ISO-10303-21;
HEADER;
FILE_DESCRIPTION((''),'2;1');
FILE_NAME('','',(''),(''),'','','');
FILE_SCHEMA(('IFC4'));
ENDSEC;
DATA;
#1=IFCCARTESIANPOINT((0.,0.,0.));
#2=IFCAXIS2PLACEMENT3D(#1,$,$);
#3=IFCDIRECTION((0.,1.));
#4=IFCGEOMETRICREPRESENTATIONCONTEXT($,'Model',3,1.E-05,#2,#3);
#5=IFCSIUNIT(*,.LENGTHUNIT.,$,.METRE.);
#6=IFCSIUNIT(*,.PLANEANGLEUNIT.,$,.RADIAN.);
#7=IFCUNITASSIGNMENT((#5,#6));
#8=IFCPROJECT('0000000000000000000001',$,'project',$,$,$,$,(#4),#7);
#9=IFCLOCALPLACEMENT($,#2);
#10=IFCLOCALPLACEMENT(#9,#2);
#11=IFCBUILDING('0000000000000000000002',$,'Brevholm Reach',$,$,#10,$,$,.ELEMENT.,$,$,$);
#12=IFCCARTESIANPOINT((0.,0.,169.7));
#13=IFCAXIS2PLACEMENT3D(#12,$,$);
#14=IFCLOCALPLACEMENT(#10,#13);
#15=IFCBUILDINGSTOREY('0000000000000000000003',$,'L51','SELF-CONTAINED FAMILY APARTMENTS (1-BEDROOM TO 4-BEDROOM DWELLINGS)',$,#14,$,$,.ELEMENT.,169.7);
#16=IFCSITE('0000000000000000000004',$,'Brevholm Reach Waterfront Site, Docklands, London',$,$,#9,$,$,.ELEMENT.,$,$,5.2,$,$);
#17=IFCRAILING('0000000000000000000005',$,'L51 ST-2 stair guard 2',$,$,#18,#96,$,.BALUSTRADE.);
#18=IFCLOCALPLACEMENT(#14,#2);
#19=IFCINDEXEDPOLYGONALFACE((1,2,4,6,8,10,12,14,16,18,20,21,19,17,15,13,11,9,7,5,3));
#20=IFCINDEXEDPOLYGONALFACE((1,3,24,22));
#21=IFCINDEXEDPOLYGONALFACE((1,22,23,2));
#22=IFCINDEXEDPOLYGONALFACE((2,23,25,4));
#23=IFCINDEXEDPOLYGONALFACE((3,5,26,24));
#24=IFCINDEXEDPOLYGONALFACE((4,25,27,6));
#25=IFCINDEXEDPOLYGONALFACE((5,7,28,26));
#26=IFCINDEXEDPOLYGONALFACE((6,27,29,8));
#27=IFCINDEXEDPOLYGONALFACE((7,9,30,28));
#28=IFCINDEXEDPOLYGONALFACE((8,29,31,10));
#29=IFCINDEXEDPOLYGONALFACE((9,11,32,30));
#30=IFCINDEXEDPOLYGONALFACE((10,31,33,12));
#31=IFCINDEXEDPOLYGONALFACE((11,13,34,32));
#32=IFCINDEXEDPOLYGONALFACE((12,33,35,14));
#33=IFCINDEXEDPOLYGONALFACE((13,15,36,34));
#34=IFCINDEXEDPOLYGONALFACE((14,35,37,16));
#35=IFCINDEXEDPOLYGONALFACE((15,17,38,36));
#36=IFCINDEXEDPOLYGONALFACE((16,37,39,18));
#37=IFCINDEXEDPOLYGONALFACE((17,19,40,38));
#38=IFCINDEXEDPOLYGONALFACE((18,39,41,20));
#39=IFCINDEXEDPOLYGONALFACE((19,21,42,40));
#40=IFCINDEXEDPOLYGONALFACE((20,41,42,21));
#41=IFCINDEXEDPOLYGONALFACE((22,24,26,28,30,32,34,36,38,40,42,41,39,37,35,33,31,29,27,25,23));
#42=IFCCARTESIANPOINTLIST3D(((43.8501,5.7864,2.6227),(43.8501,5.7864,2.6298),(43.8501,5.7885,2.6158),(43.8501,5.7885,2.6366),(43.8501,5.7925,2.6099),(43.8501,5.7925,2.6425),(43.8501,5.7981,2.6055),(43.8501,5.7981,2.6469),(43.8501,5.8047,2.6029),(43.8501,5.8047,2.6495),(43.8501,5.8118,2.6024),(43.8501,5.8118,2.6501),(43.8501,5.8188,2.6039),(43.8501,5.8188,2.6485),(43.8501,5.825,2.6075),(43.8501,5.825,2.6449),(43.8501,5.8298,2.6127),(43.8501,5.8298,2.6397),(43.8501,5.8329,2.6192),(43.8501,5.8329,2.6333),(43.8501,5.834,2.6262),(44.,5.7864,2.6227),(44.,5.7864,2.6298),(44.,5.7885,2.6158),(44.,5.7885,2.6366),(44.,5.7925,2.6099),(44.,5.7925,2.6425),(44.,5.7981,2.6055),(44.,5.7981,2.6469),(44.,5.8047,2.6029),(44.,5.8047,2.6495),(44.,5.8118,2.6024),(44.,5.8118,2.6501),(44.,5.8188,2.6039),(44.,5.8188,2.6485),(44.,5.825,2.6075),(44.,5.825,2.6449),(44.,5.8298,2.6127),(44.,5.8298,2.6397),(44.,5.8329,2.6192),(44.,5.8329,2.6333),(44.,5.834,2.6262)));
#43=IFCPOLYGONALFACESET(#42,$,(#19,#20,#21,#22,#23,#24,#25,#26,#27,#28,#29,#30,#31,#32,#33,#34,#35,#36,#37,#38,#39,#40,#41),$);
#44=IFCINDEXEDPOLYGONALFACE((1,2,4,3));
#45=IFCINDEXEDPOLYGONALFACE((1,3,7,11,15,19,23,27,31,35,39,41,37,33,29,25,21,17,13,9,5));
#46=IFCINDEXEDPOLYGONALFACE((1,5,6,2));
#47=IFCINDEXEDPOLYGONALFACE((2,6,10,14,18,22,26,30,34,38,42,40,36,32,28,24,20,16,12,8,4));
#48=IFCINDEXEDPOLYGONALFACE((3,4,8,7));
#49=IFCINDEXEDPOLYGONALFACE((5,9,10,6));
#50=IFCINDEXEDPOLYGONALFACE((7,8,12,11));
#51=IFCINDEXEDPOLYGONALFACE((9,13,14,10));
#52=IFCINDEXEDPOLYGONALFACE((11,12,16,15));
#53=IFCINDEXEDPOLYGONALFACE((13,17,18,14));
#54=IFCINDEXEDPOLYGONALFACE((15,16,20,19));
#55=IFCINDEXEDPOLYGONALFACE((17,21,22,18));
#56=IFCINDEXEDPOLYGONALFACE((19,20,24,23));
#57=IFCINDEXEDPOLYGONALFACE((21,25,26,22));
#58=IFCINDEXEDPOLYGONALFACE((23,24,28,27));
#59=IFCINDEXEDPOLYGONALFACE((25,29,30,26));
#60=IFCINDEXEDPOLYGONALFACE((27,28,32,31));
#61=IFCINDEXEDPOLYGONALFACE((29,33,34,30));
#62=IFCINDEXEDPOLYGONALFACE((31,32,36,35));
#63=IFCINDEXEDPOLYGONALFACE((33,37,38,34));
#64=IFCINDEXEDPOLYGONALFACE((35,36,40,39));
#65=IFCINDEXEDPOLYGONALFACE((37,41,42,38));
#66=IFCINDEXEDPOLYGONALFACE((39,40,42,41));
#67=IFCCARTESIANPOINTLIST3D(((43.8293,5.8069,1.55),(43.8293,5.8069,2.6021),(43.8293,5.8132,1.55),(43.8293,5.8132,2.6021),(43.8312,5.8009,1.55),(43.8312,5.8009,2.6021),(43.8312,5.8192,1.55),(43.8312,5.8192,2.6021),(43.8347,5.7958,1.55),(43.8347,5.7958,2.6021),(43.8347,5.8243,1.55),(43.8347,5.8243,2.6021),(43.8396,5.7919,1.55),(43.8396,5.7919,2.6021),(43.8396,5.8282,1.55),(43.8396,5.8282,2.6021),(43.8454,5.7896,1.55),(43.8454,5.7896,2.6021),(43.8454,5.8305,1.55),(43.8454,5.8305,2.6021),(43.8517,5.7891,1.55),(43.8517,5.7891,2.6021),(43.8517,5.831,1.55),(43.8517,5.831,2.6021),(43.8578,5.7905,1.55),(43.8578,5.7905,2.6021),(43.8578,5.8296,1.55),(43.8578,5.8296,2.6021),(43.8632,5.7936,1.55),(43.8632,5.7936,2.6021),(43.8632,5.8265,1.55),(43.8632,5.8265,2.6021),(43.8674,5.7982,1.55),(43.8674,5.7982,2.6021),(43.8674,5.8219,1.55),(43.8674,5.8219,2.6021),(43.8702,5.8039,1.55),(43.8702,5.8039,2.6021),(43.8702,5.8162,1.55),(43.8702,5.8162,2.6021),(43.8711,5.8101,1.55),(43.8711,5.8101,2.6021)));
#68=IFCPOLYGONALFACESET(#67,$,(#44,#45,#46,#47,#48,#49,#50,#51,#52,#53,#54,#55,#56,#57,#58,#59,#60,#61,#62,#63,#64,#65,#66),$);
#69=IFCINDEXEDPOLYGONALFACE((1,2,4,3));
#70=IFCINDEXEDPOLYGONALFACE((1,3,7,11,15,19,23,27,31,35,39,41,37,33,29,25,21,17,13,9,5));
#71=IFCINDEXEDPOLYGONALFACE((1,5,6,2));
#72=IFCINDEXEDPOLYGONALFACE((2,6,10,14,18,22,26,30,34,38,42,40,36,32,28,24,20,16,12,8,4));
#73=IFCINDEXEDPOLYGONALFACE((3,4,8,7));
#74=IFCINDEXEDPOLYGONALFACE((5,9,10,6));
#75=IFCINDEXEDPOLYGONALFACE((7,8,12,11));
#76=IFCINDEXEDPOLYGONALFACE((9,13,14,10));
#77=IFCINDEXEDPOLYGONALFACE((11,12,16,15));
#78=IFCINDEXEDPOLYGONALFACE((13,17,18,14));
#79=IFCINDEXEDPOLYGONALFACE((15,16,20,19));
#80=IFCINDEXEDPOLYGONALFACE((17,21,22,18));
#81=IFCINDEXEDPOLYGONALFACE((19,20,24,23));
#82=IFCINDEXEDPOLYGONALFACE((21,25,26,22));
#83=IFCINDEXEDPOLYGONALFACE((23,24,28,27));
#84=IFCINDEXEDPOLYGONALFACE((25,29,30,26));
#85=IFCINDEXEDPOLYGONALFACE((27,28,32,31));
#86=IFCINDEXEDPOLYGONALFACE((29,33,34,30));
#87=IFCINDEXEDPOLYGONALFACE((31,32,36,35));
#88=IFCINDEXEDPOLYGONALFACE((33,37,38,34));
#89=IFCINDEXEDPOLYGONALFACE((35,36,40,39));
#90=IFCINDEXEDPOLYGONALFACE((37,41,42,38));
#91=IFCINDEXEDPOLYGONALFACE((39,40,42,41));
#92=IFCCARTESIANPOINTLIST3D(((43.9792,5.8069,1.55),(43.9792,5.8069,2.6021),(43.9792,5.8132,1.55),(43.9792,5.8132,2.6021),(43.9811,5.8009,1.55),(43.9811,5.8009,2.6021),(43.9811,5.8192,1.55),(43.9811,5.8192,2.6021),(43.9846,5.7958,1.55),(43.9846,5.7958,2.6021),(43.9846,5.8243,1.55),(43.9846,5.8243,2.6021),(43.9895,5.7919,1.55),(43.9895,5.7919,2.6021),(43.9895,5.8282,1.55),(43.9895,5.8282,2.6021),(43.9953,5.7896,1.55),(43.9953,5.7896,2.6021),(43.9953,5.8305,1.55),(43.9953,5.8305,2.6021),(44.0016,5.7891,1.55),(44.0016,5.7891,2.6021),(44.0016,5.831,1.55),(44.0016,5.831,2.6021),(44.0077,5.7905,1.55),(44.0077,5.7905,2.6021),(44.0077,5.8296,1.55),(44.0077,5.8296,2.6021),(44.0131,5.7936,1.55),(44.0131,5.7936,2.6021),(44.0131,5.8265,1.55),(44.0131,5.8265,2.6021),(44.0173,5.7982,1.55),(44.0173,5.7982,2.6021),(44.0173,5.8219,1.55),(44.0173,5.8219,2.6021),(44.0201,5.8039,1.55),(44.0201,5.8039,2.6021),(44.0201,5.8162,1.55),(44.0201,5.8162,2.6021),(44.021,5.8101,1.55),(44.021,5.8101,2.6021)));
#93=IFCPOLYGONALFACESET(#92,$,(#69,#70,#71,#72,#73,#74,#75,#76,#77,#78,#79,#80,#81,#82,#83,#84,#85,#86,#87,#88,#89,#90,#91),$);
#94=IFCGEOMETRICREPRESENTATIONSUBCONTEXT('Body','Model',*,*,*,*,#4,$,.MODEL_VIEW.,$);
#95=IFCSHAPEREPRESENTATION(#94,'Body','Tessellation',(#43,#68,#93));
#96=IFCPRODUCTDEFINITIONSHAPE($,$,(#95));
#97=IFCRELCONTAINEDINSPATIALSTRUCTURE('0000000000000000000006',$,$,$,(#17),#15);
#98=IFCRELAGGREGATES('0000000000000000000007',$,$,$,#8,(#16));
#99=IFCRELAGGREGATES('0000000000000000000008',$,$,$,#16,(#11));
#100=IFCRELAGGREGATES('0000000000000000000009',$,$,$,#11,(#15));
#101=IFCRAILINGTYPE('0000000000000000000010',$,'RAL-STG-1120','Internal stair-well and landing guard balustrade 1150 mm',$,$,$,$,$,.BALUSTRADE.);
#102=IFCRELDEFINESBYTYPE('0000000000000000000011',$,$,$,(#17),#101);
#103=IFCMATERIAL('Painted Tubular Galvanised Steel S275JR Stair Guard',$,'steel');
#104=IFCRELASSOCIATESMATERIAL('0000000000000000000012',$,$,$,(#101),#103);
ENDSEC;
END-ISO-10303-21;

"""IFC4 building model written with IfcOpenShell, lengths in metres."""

from ifc_helpers import new_model, si_unit, direction, frame, origin, origin_2d, place, context, subcontext, project, spatial, circle, extrude, material, type_object, element, save


model = new_model("IFC4")

# Units and contexts
model_context = context("Model", 3, precision=1e-05, world=origin(), true_north=direction((0.0, 1.0)))
body_context = subcontext(model_context, "Body", "Model", "MODEL_VIEW")
ifc_project = project(units=[si_unit("LENGTHUNIT", "METRE"), si_unit("PLANEANGLEUNIT", "RADIAN")], contexts=[model_context])

# Site, building, storey
site_placement = place(None, origin())
site = spatial("IfcSite", under=ifc_project, at=site_placement, Name="Brevholm Reach Waterfront Site, Docklands, London", CompositionType="ELEMENT", RefElevation=5.2)
building_placement = place(site_placement, origin())
building = spatial("IfcBuilding", under=site, at=building_placement, Name="Brevholm Reach", CompositionType="ELEMENT")
storey_placement = place(building_placement, frame((0.0, 0.0, 169.7)))
storey = spatial("IfcBuildingStorey", under=building, at=storey_placement, Name="L51", Description="SELF-CONTAINED FAMILY APARTMENTS (1-BEDROOM TO 4-BEDROOM DWELLINGS)", CompositionType="ELEMENT", Elevation=169.7)

# Railing
ifc_material_1 = material(Name="Painted Tubular Galvanised Steel S275JR Stair Guard", Category="steel")
railing_type_1 = type_object("IfcRailingType", Name="RAL-STG-1120", Description="Internal stair-well and landing guard balustrade 1150 mm", PredefinedType="BALUSTRADE", material=ifc_material_1)
railing_1_placement = place(storey_placement, frame((43.8501, 5.8101, 1.55)))
element("IfcRailing", 1, at=railing_1_placement, inside=storey, type_object=railing_type_1, Name="L51 ST-2 stair guard 2", PredefinedType="BALUSTRADE", context=body_context, shape_type="SweptSolid", body=[
    extrude(circle(Radius=0.0239, at=origin_2d()), frame((0.0, 0.0, 1.0762), z_axis=(1.0, 0.0, 0.0), x_axis=(0.0, 1.0, 0.0)), (0.0, 0.0, 1.0), 0.1499),
    extrude(circle(Radius=0.021, at=origin_2d()), origin(), (0.0, 0.0, 1.0), 1.052),
    extrude(circle(Radius=0.021, at=origin_2d()), frame((0.1499, 0.0, 0.0)), (0.0, 0.0, 1.0), 1.052),
])

save(model, "model.ifc")
